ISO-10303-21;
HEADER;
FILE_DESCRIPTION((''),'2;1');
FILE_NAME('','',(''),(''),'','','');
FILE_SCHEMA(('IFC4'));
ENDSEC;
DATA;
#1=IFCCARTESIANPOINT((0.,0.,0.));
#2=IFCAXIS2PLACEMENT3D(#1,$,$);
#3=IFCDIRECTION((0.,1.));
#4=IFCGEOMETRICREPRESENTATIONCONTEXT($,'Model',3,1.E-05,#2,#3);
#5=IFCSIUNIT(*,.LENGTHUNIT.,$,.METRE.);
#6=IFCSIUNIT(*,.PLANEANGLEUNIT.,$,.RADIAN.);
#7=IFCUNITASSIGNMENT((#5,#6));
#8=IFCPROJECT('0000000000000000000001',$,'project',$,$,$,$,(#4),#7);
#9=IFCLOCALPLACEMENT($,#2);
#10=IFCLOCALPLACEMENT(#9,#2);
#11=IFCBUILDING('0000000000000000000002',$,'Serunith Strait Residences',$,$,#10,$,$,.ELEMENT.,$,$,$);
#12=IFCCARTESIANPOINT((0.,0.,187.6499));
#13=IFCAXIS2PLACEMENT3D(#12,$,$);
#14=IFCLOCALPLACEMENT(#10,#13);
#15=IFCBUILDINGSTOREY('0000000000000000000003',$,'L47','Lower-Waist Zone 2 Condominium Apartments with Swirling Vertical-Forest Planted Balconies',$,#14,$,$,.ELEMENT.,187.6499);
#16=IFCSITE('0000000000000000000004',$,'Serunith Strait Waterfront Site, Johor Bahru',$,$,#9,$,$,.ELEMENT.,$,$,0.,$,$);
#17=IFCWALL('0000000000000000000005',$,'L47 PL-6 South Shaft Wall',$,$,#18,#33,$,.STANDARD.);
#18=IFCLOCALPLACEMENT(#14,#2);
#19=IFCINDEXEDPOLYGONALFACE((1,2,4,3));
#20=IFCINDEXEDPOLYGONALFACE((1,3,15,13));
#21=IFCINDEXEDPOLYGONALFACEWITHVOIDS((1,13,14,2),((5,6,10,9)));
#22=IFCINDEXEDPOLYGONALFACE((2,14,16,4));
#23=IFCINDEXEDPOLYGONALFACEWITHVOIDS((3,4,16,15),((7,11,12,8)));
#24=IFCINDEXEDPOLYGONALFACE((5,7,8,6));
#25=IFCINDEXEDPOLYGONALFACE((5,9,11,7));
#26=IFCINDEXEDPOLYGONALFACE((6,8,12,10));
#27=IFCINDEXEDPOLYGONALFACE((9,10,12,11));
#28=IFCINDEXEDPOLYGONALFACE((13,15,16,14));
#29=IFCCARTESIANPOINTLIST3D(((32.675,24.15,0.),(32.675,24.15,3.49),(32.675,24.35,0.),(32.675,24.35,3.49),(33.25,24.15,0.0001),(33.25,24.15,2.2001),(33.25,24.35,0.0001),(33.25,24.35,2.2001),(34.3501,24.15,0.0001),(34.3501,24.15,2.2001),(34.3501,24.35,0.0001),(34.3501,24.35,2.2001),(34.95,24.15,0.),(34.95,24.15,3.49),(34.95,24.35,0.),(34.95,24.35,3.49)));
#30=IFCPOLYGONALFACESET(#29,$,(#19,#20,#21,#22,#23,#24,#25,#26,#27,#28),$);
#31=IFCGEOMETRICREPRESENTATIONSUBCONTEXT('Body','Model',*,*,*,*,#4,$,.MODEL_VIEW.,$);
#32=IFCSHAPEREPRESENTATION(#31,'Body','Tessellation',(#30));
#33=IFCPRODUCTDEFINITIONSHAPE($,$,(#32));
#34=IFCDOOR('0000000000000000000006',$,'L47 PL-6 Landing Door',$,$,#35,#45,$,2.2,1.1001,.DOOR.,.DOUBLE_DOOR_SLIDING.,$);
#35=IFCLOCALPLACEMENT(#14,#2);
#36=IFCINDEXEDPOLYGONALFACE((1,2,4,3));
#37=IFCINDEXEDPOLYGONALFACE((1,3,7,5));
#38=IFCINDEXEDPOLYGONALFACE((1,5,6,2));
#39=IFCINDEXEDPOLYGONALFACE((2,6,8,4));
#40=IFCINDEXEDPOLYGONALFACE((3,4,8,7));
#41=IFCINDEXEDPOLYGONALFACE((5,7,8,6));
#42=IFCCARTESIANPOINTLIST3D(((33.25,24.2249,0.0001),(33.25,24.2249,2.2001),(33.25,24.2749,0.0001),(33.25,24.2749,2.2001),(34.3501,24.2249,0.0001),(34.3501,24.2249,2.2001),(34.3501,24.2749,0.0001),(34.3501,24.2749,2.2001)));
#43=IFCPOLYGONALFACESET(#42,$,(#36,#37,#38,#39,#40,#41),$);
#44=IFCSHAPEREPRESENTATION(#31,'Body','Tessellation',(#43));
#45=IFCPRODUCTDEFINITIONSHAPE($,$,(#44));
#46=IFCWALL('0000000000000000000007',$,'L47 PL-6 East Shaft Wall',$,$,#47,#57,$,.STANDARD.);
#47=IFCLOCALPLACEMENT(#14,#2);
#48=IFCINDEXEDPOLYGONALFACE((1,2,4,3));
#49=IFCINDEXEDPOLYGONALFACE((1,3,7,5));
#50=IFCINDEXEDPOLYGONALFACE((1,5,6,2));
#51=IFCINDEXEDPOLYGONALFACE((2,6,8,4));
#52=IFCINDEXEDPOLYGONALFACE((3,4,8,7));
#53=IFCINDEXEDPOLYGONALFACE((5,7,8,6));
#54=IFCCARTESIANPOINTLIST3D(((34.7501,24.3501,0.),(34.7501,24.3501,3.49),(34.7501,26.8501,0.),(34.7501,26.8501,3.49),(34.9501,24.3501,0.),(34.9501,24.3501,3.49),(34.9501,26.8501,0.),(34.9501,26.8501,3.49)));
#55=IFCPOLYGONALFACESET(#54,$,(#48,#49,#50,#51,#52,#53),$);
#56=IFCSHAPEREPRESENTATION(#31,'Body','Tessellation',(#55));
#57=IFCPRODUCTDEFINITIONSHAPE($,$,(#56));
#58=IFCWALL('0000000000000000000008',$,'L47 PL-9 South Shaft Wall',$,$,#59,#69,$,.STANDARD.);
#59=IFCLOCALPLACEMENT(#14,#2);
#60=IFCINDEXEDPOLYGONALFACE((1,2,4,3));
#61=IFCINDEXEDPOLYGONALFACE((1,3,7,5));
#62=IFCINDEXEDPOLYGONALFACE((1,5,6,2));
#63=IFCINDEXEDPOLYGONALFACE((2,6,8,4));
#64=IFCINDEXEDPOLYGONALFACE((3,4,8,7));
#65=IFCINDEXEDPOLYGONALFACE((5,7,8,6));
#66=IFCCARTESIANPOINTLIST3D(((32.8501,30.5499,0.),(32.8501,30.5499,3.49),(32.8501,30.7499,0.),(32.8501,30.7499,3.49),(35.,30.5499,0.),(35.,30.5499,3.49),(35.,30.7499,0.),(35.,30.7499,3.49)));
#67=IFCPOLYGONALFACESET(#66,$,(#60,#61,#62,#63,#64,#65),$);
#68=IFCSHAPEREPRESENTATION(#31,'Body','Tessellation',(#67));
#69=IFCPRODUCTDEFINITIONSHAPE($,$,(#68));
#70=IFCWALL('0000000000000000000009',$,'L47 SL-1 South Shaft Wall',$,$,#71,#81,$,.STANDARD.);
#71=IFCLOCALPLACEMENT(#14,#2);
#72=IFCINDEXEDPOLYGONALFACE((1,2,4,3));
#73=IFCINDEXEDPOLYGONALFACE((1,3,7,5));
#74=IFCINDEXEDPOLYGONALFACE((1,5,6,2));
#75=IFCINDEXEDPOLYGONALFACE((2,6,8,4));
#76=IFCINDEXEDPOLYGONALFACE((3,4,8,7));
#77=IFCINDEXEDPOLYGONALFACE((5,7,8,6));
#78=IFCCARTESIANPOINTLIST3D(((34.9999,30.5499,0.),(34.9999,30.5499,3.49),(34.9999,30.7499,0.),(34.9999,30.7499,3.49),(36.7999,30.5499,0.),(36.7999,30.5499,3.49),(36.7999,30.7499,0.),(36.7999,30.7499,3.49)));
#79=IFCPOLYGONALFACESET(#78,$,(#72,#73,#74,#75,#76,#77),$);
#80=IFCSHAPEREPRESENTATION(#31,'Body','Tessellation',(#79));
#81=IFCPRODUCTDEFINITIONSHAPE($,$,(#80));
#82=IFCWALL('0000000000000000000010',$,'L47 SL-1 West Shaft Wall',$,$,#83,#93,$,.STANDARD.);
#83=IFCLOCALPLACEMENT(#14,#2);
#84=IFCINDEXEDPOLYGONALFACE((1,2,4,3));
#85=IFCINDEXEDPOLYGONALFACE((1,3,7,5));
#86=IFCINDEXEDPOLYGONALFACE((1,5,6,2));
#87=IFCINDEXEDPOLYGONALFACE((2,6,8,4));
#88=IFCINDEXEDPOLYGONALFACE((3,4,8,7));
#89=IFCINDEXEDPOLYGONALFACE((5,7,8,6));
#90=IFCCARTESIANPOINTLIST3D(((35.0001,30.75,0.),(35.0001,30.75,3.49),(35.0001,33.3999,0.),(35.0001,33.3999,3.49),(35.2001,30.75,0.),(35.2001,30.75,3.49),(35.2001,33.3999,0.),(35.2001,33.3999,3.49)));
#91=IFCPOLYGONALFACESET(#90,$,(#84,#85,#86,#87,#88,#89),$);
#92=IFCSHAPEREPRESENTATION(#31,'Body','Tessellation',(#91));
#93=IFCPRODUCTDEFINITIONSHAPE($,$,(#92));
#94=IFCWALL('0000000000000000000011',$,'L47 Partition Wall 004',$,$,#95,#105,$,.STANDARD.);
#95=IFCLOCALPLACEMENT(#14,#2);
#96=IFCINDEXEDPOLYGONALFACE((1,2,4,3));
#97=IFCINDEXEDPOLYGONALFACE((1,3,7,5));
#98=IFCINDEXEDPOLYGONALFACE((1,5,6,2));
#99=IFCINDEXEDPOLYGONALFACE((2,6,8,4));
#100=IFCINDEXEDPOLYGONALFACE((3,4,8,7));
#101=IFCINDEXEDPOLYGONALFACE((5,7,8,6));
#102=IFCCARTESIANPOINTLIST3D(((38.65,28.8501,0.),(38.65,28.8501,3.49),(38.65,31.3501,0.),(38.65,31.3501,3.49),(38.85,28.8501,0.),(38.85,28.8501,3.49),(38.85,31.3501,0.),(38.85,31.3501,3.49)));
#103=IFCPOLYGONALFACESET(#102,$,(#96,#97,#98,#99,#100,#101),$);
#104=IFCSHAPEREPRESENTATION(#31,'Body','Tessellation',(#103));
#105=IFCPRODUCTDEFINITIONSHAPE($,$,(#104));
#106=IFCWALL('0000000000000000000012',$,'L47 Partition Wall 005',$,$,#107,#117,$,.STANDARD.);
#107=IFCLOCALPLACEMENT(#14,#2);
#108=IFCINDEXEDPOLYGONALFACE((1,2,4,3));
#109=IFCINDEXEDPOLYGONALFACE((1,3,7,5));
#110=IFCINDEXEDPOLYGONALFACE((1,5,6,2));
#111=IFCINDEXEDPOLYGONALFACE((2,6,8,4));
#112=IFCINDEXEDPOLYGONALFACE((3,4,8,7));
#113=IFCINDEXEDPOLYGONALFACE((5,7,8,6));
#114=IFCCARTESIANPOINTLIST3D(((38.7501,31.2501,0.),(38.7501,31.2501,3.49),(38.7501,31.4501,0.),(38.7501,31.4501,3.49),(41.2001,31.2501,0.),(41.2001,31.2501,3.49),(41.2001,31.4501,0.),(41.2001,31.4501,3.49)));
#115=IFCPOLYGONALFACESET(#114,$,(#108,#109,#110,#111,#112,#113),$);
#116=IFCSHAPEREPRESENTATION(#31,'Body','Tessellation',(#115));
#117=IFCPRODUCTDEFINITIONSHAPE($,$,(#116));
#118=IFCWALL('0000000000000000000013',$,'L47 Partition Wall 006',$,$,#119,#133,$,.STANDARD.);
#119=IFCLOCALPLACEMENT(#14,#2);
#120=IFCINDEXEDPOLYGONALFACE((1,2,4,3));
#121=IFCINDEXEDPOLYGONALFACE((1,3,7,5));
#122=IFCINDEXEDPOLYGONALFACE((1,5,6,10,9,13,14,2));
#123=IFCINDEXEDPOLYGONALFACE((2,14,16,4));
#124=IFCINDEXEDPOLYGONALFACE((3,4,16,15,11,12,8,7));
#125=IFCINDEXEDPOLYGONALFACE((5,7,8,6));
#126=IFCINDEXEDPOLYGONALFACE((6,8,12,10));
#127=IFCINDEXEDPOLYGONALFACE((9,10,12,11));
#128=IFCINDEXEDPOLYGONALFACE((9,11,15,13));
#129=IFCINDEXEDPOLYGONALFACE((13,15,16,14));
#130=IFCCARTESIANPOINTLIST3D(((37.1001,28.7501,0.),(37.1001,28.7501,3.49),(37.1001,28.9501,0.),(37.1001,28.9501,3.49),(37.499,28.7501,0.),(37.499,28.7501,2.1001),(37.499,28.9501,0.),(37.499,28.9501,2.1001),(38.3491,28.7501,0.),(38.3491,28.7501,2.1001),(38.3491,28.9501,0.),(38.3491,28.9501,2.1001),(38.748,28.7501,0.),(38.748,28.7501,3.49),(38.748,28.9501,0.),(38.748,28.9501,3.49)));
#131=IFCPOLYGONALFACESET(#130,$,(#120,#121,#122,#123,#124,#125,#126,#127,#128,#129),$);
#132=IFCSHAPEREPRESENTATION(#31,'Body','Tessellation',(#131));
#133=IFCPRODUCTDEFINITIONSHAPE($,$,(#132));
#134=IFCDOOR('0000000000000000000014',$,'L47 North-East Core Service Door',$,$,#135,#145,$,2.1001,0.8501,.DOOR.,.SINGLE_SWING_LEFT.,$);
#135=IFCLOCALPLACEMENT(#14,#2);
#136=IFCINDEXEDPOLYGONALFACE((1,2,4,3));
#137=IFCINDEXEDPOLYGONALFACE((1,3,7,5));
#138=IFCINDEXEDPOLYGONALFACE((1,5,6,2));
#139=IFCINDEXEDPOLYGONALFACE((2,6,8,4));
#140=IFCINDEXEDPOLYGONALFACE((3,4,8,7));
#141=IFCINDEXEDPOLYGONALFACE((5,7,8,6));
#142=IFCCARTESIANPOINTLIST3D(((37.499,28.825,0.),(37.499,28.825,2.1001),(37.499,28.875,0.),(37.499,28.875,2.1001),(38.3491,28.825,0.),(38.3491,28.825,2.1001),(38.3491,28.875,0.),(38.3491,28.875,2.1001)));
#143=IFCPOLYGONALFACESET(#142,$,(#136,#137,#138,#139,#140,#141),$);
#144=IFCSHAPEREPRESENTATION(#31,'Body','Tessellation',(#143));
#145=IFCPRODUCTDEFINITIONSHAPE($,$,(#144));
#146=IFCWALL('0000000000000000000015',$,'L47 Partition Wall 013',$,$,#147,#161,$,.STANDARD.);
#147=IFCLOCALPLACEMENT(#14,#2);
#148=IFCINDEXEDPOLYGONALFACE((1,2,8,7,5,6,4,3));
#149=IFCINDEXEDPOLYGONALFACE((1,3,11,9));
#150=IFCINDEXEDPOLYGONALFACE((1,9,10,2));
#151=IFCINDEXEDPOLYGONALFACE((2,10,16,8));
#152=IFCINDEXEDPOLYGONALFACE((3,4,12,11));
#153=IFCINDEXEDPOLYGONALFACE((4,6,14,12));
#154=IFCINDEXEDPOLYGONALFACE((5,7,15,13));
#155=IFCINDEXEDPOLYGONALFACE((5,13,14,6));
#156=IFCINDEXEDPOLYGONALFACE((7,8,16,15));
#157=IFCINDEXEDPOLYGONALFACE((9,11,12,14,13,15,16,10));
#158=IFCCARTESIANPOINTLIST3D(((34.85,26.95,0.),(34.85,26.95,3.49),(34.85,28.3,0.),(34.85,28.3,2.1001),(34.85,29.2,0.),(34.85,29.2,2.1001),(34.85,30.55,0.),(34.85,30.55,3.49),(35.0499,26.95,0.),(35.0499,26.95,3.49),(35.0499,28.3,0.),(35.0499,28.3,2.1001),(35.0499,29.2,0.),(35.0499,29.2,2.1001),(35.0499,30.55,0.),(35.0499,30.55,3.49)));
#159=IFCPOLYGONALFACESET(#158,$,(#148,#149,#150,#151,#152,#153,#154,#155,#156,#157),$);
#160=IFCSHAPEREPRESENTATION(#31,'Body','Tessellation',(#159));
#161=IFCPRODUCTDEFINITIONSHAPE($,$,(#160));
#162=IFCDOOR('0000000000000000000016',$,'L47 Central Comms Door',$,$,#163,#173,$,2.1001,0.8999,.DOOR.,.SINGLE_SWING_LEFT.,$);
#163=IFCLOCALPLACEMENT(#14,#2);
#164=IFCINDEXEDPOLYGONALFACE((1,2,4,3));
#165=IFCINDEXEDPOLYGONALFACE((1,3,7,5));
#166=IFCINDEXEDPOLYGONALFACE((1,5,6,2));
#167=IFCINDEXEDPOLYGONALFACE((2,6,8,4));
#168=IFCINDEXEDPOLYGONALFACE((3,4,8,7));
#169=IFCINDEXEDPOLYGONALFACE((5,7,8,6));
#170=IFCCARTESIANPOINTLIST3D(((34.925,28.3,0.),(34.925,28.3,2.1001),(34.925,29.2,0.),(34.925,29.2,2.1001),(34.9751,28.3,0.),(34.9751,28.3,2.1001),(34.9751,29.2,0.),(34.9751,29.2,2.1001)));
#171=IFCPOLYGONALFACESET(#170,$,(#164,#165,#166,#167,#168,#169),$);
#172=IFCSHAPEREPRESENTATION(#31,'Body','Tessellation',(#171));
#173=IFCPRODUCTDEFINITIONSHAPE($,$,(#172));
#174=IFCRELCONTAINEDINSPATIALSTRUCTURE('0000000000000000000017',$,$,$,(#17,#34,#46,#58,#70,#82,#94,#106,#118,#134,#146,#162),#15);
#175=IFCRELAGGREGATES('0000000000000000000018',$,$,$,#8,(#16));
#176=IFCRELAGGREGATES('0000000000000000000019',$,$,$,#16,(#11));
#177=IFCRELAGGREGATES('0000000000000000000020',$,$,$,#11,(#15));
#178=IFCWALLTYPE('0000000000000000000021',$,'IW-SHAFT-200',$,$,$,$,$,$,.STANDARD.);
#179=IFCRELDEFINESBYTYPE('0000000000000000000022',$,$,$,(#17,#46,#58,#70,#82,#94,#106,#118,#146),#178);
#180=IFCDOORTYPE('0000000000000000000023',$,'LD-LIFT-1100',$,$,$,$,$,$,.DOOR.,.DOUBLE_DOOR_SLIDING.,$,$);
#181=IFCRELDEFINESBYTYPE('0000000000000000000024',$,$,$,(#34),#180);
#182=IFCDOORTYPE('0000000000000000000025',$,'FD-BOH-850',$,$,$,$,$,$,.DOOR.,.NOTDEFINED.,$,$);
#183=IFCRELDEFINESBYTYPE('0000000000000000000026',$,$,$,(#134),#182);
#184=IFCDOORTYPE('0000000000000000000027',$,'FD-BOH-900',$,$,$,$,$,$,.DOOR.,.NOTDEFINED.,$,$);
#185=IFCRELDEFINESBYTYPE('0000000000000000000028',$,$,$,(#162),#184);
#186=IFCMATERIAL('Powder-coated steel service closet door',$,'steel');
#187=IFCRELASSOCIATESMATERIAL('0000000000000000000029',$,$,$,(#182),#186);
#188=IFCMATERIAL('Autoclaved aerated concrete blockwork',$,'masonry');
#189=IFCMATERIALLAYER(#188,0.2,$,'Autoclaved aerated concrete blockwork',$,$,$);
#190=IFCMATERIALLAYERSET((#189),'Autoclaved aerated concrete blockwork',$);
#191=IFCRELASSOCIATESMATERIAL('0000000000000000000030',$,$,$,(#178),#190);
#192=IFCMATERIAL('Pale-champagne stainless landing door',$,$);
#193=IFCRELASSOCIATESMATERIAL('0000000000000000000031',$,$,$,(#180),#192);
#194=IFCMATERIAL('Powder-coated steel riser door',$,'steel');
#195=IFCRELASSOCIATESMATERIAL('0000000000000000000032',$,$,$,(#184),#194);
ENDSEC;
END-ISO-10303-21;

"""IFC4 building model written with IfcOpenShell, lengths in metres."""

from ifc_helpers import new_model, si_unit, direction, frame, frame_2d, origin, place, context, subcontext, project, spatial, rectangle, extrude, source, transform, mapped, material, layer, layer_set, type_object, element, fill, save


model = new_model("IFC4")

# Units and contexts
model_context = context("Model", 3, precision=1e-05, world=origin(), true_north=direction((0.0, 1.0)))
body_context = subcontext(model_context, "Body", "Model", "MODEL_VIEW")
ifc_project = project(units=[si_unit("LENGTHUNIT", "METRE"), si_unit("PLANEANGLEUNIT", "RADIAN")], contexts=[model_context])

# Site, building, storey
site_placement = place(None, origin())
site = spatial("IfcSite", under=ifc_project, at=site_placement, Name="Serunith Strait Waterfront Site, Johor Bahru", CompositionType="ELEMENT", RefElevation=0.0)
building_placement = place(site_placement, origin())
building = spatial("IfcBuilding", under=site, at=building_placement, Name="Serunith Strait Residences", CompositionType="ELEMENT")
storey_placement = place(building_placement, frame((0.0, 0.0, 187.6499)))
storey = spatial("IfcBuildingStorey", under=building, at=storey_placement, Name="L47", Description="Lower-Waist Zone 2 Condominium Apartments with Swirling Vertical-Forest Planted Balconies", CompositionType="ELEMENT", Elevation=187.6499)

# Wall, opening, door
ifc_material_1 = material(Name="Powder-coated steel service closet door", Category="steel")
door_type_1 = type_object("IfcDoorType", Name="FD-BOH-850", OperationType="NOTDEFINED", PredefinedType="DOOR", material=ifc_material_1)
shared_shape_1 = source(origin(), body_context, "Body", "SweptSolid", [
    extrude(rectangle(XDim=0.8501, YDim=2.1001, at=frame_2d((0.425, 1.05))), frame((0.0, 0.0249, 0.0), z_axis=(0.0, -1.0, 0.0), x_axis=(1.0, 0.0, 0.0)), (0.0, 0.0, 1.0), 0.05),
])
ifc_material_2 = material(Name="Autoclaved aerated concrete blockwork", Category="masonry")
ifc_layer_1 = layer(ifc_material_2, 0.2, Name="Autoclaved aerated concrete blockwork")
ifc_layer_set_1 = layer_set([ifc_layer_1], Name="Autoclaved aerated concrete blockwork")
wall_type_1 = type_object("IfcWallType", Name="IW-SHAFT-200", PredefinedType="STANDARD", material=ifc_layer_set_1)
wall_1_placement = place(storey_placement, frame((32.675, 24.25, 0.0), z_axis=(0.0, 0.0, 1.0), x_axis=(1.0, 0.0, 0.0)))
wall_1 = element("IfcWall", 1, at=wall_1_placement, inside=storey, type_object=wall_type_1, Name="L47 PL-6 South Shaft Wall", PredefinedType="STANDARD", context=body_context, shape_type="SweptSolid", body=[
    extrude(rectangle(XDim=2.2749, YDim=0.2, at=frame_2d((1.1375, 0.0))), origin(), (0.0, 0.0, 1.0), 3.49),
])
opening_1_placement = place(wall_1_placement, frame((0.575, 0.0, 0.0)))
opening_1 = element("IfcOpeningElement", 2, at=opening_1_placement, cuts=wall_1, PredefinedType="OPENING", context=body_context, shape_type="SweptSolid", body=[
    extrude(rectangle(XDim=1.1001, YDim=2.2, at=frame_2d((0.55, 1.1001))), frame((0.0, 0.1099, 0.0), z_axis=(0.0, -1.0, 0.0), x_axis=(1.0, 0.0, 0.0)), (0.0, 0.0, 1.0), 0.22),
])
ifc_material_3 = material(Name="Pale-champagne stainless landing door")
door_type_2 = type_object("IfcDoorType", Name="LD-LIFT-1100", OperationType="DOUBLE_DOOR_SLIDING", PredefinedType="DOOR", material=ifc_material_3)
shared_shape_2 = source(origin(), body_context, "Body", "SweptSolid", [
    extrude(rectangle(XDim=1.1001, YDim=2.2, at=frame_2d((0.55, 1.1001))), frame((0.0, 0.0249, 0.0), z_axis=(0.0, -1.0, 0.0), x_axis=(1.0, 0.0, 0.0)), (0.0, 0.0, 1.0), 0.05),
])
door_1_placement = place(opening_1_placement, origin())
door_1 = element("IfcDoor", 3, at=door_1_placement, inside=storey, type_object=door_type_2, Name="L47 PL-6 Landing Door", OperationType="DOUBLE_DOOR_SLIDING", OverallHeight=2.2, OverallWidth=1.1001, PredefinedType="DOOR", context=body_context, shape_type="MappedRepresentation", body=[
    mapped(shared_shape_2, transform((0.0, 0.0, 0.0), scale=1.0)),
])
fill(opening_1, door_1)

# Walls
wall_2_placement = place(storey_placement, frame((34.8501, 24.3501, 0.0), z_axis=(0.0, 0.0, 1.0), x_axis=(0.0, 1.0, 0.0)))
element("IfcWall", 4, at=wall_2_placement, inside=storey, type_object=wall_type_1, Name="L47 PL-6 East Shaft Wall", PredefinedType="STANDARD", context=body_context, shape_type="SweptSolid", body=[
    extrude(rectangle(XDim=2.5, YDim=0.2, at=frame_2d((1.25, 0.0))), origin(), (0.0, 0.0, 1.0), 3.49),
])
wall_3_placement = place(storey_placement, frame((32.8501, 30.6499, 0.0), z_axis=(0.0, 0.0, 1.0), x_axis=(1.0, 0.0, 0.0)))
element("IfcWall", 5, at=wall_3_placement, inside=storey, type_object=wall_type_1, Name="L47 PL-9 South Shaft Wall", PredefinedType="STANDARD", context=body_context, shape_type="SweptSolid", body=[
    extrude(rectangle(XDim=2.1499, YDim=0.2, at=frame_2d((1.075, 0.0))), origin(), (0.0, 0.0, 1.0), 3.49),
])
wall_4_placement = place(storey_placement, frame((35.0, 30.6499, 0.0), z_axis=(0.0, 0.0, 1.0), x_axis=(1.0, 0.0, 0.0)))
element("IfcWall", 6, at=wall_4_placement, inside=storey, type_object=wall_type_1, Name="L47 SL-1 South Shaft Wall", PredefinedType="STANDARD", context=body_context, shape_type="SweptSolid", body=[
    extrude(rectangle(XDim=1.8, YDim=0.2, at=frame_2d((0.8999, 0.0))), origin(), (0.0, 0.0, 1.0), 3.49),
])
wall_5_placement = place(storey_placement, frame((35.1001, 30.75, 0.0), z_axis=(0.0, 0.0, 1.0), x_axis=(0.0, 1.0, 0.0)))
element("IfcWall", 7, at=wall_5_placement, inside=storey, type_object=wall_type_1, Name="L47 SL-1 West Shaft Wall", PredefinedType="STANDARD", context=body_context, shape_type="SweptSolid", body=[
    extrude(rectangle(XDim=2.6499, YDim=0.2, at=frame_2d((1.325, 0.0))), origin(), (0.0, 0.0, 1.0), 3.49),
])
wall_6_placement = place(storey_placement, frame((38.75, 28.8501, 0.0), z_axis=(0.0, 0.0, 1.0), x_axis=(0.0, 1.0, 0.0)))
element("IfcWall", 8, at=wall_6_placement, inside=storey, type_object=wall_type_1, Name="L47 Partition Wall 004", PredefinedType="STANDARD", context=body_context, shape_type="SweptSolid", body=[
    extrude(rectangle(XDim=2.5, YDim=0.2, at=frame_2d((1.25, 0.0))), origin(), (0.0, 0.0, 1.0), 3.49),
])
wall_7_placement = place(storey_placement, frame((38.75, 31.3501, 0.0), z_axis=(0.0, 0.0, 1.0), x_axis=(1.0, 0.0, 0.0)))
element("IfcWall", 9, at=wall_7_placement, inside=storey, type_object=wall_type_1, Name="L47 Partition Wall 005", PredefinedType="STANDARD", context=body_context, shape_type="SweptSolid", body=[
    extrude(rectangle(XDim=2.45, YDim=0.2, at=frame_2d((1.2251, 0.0))), origin(), (0.0, 0.0, 1.0), 3.49),
])

# Walls, openings, doors
wall_8_placement = place(storey_placement, frame((37.1001, 28.8501, 0.0), z_axis=(0.0, 0.0, 1.0), x_axis=(1.0, 0.0, 0.0)))
wall_8 = element("IfcWall", 10, at=wall_8_placement, inside=storey, type_object=wall_type_1, Name="L47 Partition Wall 006", PredefinedType="STANDARD", context=body_context, shape_type="SweptSolid", body=[
    extrude(rectangle(XDim=1.6479, YDim=0.2, at=frame_2d((0.824, 0.0))), origin(), (0.0, 0.0, 1.0), 3.49),
])
opening_2_placement = place(wall_8_placement, frame((0.3989, 0.0, 0.0)))
opening_2 = element("IfcOpeningElement", 11, at=opening_2_placement, cuts=wall_8, PredefinedType="OPENING", context=body_context, shape_type="SweptSolid", body=[
    extrude(rectangle(XDim=0.8501, YDim=2.1001, at=frame_2d((0.425, 1.05))), frame((0.0, 0.1099, 0.0), z_axis=(0.0, -1.0, 0.0), x_axis=(1.0, 0.0, 0.0)), (0.0, 0.0, 1.0), 0.22),
])
door_2_placement = place(opening_2_placement, origin())
door_2 = element("IfcDoor", 12, at=door_2_placement, inside=storey, type_object=door_type_1, Name="L47 North-East Core Service Door", OperationType="SINGLE_SWING_LEFT", OverallHeight=2.1001, OverallWidth=0.8501, PredefinedType="DOOR", context=body_context, shape_type="MappedRepresentation", body=[
    mapped(shared_shape_1, transform((0.0, 0.0, 0.0), scale=1.0)),
])
fill(opening_2, door_2)
wall_9_placement = place(storey_placement, frame((34.95, 26.95, 0.0), z_axis=(0.0, 0.0, 1.0), x_axis=(0.0, 1.0, 0.0)))
wall_9 = element("IfcWall", 13, at=wall_9_placement, inside=storey, type_object=wall_type_1, Name="L47 Partition Wall 013", PredefinedType="STANDARD", context=body_context, shape_type="SweptSolid", body=[
    extrude(rectangle(XDim=3.6001, YDim=0.2, at=frame_2d((1.8, 0.0))), origin(), (0.0, 0.0, 1.0), 3.49),
])
opening_3_placement = place(wall_9_placement, frame((1.3501, 0.0, 0.0)))
opening_3 = element("IfcOpeningElement", 14, at=opening_3_placement, cuts=wall_9, PredefinedType="OPENING", context=body_context, shape_type="SweptSolid", body=[
    extrude(rectangle(XDim=0.8999, YDim=2.1001, at=frame_2d((0.45, 1.05))), frame((0.0, 0.1099, 0.0), z_axis=(0.0, -1.0, 0.0), x_axis=(1.0, 0.0, 0.0)), (0.0, 0.0, 1.0), 0.22),
])
ifc_material_4 = material(Name="Powder-coated steel riser door", Category="steel")
door_type_3 = type_object("IfcDoorType", Name="FD-BOH-900", OperationType="NOTDEFINED", PredefinedType="DOOR", material=ifc_material_4)
shared_shape_3 = source(origin(), body_context, "Body", "SweptSolid", [
    extrude(rectangle(XDim=0.8999, YDim=2.1001, at=frame_2d((0.45, 1.05))), frame((0.0, 0.0249, 0.0), z_axis=(0.0, -1.0, 0.0), x_axis=(1.0, 0.0, 0.0)), (0.0, 0.0, 1.0), 0.05),
])
door_3_placement = place(opening_3_placement, origin())
door_3 = element("IfcDoor", 15, at=door_3_placement, inside=storey, type_object=door_type_3, Name="L47 Central Comms Door", OperationType="SINGLE_SWING_LEFT", OverallHeight=2.1001, OverallWidth=0.8999, PredefinedType="DOOR", context=body_context, shape_type="MappedRepresentation", body=[
    mapped(shared_shape_3, transform((0.0, 0.0, 0.0), scale=1.0)),
])
fill(opening_3, door_3)

save(model, "model.ifc")
